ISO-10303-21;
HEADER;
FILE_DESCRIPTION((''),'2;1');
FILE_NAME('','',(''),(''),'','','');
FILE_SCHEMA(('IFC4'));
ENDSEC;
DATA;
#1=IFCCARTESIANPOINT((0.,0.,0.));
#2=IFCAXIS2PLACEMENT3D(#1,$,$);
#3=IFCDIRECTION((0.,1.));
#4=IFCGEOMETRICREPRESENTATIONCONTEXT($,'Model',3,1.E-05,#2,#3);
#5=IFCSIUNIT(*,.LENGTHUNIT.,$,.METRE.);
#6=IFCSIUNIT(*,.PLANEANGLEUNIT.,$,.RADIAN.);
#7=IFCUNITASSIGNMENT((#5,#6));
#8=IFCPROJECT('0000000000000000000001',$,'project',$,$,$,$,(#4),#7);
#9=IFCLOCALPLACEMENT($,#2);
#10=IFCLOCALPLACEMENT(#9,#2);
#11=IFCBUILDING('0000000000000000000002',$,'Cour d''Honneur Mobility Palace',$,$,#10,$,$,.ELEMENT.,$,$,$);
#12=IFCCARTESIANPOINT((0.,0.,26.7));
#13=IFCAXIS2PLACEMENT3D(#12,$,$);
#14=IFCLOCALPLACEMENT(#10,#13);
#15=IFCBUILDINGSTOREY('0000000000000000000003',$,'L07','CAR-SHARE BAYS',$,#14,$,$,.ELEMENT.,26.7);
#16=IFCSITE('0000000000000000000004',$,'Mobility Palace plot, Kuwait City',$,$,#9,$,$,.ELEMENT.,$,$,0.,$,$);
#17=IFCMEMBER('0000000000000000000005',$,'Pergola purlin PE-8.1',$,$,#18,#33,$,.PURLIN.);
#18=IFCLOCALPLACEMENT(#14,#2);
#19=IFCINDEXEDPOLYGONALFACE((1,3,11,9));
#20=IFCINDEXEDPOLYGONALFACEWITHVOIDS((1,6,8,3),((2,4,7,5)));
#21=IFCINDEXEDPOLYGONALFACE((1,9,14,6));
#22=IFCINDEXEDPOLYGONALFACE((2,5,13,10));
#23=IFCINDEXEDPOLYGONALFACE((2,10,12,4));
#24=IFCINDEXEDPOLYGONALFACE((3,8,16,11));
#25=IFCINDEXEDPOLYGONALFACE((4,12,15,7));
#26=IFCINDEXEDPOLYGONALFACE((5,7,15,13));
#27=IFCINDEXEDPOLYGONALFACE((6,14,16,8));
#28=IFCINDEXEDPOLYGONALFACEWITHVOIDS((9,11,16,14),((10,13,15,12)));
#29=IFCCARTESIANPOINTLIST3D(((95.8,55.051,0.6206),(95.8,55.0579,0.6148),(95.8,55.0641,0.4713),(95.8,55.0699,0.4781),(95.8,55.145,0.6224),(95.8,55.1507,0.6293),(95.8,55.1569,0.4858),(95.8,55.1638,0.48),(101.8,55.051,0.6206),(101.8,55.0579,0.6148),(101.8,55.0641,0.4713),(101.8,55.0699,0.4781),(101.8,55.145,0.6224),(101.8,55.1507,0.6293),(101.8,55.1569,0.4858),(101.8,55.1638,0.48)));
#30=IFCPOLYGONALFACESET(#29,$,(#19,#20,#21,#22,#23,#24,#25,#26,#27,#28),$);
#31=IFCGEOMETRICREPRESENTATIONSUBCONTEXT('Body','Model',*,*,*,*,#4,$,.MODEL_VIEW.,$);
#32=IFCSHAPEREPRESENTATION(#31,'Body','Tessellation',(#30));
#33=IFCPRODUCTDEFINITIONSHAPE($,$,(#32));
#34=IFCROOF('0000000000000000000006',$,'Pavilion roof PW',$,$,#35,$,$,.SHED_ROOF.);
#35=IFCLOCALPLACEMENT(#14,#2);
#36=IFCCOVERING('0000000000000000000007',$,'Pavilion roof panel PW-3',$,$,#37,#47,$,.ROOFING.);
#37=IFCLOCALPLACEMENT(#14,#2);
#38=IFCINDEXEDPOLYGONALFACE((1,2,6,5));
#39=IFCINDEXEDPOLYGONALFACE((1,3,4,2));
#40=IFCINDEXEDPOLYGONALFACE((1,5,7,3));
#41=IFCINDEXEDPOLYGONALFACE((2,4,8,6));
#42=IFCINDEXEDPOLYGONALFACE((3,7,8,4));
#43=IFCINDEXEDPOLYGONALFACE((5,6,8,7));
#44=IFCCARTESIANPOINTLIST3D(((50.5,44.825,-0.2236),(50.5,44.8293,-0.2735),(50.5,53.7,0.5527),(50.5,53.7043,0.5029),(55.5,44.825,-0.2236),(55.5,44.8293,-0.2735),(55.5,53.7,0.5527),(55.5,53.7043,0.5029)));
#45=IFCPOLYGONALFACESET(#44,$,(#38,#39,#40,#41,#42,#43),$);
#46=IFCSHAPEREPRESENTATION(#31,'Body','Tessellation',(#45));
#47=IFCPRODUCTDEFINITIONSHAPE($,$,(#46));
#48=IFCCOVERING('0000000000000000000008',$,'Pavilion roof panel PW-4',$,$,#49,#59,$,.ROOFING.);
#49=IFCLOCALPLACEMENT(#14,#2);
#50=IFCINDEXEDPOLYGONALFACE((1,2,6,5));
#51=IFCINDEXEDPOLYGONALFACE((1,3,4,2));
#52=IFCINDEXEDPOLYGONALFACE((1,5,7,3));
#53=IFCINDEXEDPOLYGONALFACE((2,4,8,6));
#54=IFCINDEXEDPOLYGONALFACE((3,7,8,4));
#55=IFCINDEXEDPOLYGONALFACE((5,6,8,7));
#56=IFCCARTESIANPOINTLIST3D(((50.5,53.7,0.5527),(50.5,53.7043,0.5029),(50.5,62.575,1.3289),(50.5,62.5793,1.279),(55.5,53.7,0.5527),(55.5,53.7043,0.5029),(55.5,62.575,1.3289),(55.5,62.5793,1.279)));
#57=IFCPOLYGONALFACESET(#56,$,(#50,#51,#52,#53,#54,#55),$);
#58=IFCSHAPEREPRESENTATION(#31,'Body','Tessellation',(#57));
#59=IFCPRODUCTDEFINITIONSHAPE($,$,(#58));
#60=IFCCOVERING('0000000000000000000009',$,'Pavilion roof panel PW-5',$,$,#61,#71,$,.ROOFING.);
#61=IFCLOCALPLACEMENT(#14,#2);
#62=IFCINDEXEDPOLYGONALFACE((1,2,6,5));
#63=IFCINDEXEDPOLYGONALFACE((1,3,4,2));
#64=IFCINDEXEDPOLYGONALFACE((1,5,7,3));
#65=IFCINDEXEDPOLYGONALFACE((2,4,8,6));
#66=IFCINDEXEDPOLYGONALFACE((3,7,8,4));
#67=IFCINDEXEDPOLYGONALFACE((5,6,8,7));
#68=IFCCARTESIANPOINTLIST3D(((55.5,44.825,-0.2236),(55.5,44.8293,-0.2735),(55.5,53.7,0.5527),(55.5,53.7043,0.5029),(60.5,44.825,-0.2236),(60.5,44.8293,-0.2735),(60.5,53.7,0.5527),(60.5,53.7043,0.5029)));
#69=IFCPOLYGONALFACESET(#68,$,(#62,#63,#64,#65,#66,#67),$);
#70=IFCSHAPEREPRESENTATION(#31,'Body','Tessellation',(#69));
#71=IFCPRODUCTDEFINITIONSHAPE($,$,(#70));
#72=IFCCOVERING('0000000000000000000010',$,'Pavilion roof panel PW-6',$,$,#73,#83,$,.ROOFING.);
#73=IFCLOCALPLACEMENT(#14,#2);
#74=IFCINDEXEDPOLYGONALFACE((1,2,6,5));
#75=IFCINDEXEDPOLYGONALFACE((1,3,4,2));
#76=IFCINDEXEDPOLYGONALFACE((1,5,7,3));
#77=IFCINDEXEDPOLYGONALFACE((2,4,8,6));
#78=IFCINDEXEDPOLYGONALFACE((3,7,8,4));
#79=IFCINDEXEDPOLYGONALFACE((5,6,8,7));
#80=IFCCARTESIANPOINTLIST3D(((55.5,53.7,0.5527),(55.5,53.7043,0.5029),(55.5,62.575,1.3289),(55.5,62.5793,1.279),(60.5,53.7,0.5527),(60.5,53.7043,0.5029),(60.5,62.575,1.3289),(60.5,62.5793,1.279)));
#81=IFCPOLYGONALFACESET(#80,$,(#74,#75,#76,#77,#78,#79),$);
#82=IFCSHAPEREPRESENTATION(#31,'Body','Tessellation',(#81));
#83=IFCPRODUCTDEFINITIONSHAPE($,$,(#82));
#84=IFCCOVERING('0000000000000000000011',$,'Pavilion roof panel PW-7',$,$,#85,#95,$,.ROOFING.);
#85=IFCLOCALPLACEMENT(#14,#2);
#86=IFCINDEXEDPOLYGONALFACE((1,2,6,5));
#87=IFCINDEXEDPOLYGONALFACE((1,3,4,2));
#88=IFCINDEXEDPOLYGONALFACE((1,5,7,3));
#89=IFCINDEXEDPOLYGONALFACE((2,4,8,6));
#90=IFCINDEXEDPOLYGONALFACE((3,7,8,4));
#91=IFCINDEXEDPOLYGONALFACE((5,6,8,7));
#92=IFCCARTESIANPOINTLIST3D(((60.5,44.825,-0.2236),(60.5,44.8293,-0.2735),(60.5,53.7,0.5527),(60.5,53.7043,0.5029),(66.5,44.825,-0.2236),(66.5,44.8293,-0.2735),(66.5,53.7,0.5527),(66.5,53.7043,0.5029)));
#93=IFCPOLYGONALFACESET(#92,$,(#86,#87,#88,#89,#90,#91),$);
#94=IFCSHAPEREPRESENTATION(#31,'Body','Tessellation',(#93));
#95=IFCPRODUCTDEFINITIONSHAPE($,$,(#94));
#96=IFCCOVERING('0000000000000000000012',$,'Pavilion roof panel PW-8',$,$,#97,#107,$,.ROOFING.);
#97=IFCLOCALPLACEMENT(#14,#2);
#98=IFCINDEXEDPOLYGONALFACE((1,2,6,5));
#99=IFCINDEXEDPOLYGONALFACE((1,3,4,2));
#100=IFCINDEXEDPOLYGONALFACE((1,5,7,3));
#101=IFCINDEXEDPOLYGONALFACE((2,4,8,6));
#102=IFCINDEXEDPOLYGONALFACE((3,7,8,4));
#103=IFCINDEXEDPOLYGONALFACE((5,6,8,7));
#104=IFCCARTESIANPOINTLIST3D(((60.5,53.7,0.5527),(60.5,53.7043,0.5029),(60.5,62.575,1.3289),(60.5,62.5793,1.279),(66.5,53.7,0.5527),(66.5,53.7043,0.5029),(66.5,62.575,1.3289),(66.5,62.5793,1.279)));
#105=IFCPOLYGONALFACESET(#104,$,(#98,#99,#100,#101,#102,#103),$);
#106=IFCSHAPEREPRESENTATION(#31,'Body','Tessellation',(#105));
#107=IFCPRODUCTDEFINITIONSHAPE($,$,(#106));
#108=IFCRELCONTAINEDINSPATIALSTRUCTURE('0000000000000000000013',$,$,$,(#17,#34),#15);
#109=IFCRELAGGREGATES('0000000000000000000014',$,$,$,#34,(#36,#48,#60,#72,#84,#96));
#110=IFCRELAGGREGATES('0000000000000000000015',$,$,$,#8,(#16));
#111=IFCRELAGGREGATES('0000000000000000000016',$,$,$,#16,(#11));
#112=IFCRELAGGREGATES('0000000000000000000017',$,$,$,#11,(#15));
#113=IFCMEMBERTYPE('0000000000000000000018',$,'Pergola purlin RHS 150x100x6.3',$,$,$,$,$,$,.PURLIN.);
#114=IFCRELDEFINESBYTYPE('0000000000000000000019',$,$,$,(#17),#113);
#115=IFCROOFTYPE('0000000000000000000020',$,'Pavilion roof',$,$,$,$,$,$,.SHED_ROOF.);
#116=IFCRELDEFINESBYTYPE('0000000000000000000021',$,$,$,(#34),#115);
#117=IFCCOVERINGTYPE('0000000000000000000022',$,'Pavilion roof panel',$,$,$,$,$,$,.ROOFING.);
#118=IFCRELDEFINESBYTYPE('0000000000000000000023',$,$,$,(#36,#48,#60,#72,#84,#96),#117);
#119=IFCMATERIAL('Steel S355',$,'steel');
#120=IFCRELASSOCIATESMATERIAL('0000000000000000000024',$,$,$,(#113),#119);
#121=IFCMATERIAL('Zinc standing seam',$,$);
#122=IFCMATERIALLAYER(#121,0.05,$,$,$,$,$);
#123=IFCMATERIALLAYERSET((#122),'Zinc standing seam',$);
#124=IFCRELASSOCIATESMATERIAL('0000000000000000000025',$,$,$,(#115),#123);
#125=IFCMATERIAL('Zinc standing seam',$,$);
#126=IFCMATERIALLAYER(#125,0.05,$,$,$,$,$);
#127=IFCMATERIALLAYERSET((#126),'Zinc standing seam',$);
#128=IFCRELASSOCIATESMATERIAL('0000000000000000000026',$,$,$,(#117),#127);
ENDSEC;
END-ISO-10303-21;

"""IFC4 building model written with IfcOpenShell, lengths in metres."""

from ifc_helpers import new_model, si_unit, direction, frame, origin, origin_2d, place, context, subcontext, project, spatial, polyline, hollow_rectangle, outline, extrude, material, layer, layer_set, material_profile, profile_set, type_object, element, aggregate, save


model = new_model("IFC4")

# Units and contexts
model_context = context("Model", 3, precision=1e-05, world=origin(), true_north=direction((0.0, 1.0)))
body_context = subcontext(model_context, "Body", "Model", "MODEL_VIEW")
ifc_project = project(units=[si_unit("LENGTHUNIT", "METRE"), si_unit("PLANEANGLEUNIT", "RADIAN")], contexts=[model_context])

# Site, building, storey
site_placement = place(None, origin())
site = spatial("IfcSite", under=ifc_project, at=site_placement, Name="Mobility Palace plot, Kuwait City", CompositionType="ELEMENT", RefElevation=0.0)
building_placement = place(site_placement, origin())
building = spatial("IfcBuilding", under=site, at=building_placement, Name="Cour d'Honneur Mobility Palace", CompositionType="ELEMENT")
storey_placement = place(building_placement, frame((0.0, 0.0, 26.7)))
storey = spatial("IfcBuildingStorey", under=building, at=storey_placement, Name="L07", Description="CAR-SHARE BAYS", CompositionType="ELEMENT", Elevation=26.7)

# Member
ifc_material_1 = material(Name="Steel S355", Category="steel")
ifc_material_profile = material_profile(ifc_material_1, hollow_rectangle(XDim=0.1001, YDim=0.1499, WallThickness=0.0063, at=origin_2d()), Name="RHS 150x100x6.3")
ifc_profile_set = profile_set([ifc_material_profile], Name="Steel S355")
member_type = type_object("IfcMemberType", Name="Pergola purlin RHS 150x100x6.3", PredefinedType="PURLIN", material=ifc_profile_set)
for number, where, z_axis, x_axis, name in (
    (1, (95.8, 55.1074, 0.5503), (1.0, 0.0, 0.0), (0.0, 0.996197, 0.087131), "Pergola purlin PE-8.1"),
):
    element("IfcMember", number, at=place(storey_placement, frame(where, z_axis=z_axis, x_axis=x_axis)), inside=storey, type_object=member_type, Name=name, PredefinedType="PURLIN", context=body_context, shape_type="SweptSolid", body=[
        extrude(hollow_rectangle(XDim=0.1001, YDim=0.1499, WallThickness=0.0063, at=origin_2d()), origin(), (0.0, 0.0, 1.0), 6.0),
    ])

# Roof, coverings
ifc_material_2 = material(Name="Zinc standing seam")
ifc_layer_1 = layer(ifc_material_2, 0.05)
ifc_layer_set_1 = layer_set([ifc_layer_1], Name="Zinc standing seam")
roof_type = type_object("IfcRoofType", Name="Pavilion roof", PredefinedType="SHED_ROOF", material=ifc_layer_set_1)
roof_placement = place(storey_placement, origin())
roof = element("IfcRoof", 2, at=roof_placement, inside=storey, type_object=roof_type, Name="Pavilion roof PW", PredefinedType="SHED_ROOF")
ifc_material_3 = material(Name="Zinc standing seam")
ifc_layer_2 = layer(ifc_material_3, 0.05)
ifc_layer_set_2 = layer_set([ifc_layer_2], Name="Zinc standing seam")
covering_type = type_object("IfcCoveringType", Name="Pavilion roof panel", PredefinedType="ROOFING", material=ifc_layer_set_2)
covering_1_placement = place(storey_placement, frame((50.5, 44.825, -0.2236), z_axis=(0.0, -0.087145, 0.996196), x_axis=(1.0, 0.0, 0.0)))
covering_1 = element("IfcCovering", 3, at=covering_1_placement, type_object=covering_type, Name="Pavilion roof panel PW-3", PredefinedType="ROOFING", context=body_context, shape_type="SweptSolid", body=[
    extrude(outline(polyline([(0.0, 0.0), (5.0, 0.0), (5.0, 8.9089), (0.0, 8.9089), (0.0, 0.0)])), origin(), (0.0, 0.0, -1.0), 0.05),
])
covering_2_placement = place(storey_placement, frame((50.5, 53.7, 0.5527), z_axis=(0.0, -0.087118, 0.996198), x_axis=(1.0, 0.0, 0.0)))
covering_2 = element("IfcCovering", 4, at=covering_2_placement, type_object=covering_type, Name="Pavilion roof panel PW-4", PredefinedType="ROOFING", context=body_context, shape_type="SweptSolid", body=[
    extrude(outline(polyline([(0.0, 0.0), (5.0, 0.0), (5.0, 8.9089), (0.0, 8.9089), (0.0, 0.0)])), origin(), (0.0, 0.0, -1.0), 0.05),
])
covering_3_placement = place(storey_placement, frame((55.5, 44.825, -0.2236), z_axis=(0.0, -0.087145, 0.996196), x_axis=(1.0, 0.0, 0.0)))
covering_3 = element("IfcCovering", 5, at=covering_3_placement, type_object=covering_type, Name="Pavilion roof panel PW-5", PredefinedType="ROOFING", context=body_context, shape_type="SweptSolid", body=[
    extrude(outline(polyline([(0.0, 0.0), (5.0, 0.0), (5.0, 8.9089), (0.0, 8.9089), (0.0, 0.0)])), origin(), (0.0, 0.0, -1.0), 0.05),
])
covering_4_placement = place(storey_placement, frame((55.5, 53.7, 0.5527), z_axis=(0.0, -0.087118, 0.996198), x_axis=(1.0, 0.0, 0.0)))
covering_4 = element("IfcCovering", 6, at=covering_4_placement, type_object=covering_type, Name="Pavilion roof panel PW-6", PredefinedType="ROOFING", context=body_context, shape_type="SweptSolid", body=[
    extrude(outline(polyline([(0.0, 0.0), (5.0, 0.0), (5.0, 8.9089), (0.0, 8.9089), (0.0, 0.0)])), origin(), (0.0, 0.0, -1.0), 0.05),
])
covering_5_placement = place(storey_placement, frame((60.5, 44.825, -0.2236), z_axis=(0.0, -0.087145, 0.996196), x_axis=(1.0, 0.0, 0.0)))
covering_5 = element("IfcCovering", 7, at=covering_5_placement, type_object=covering_type, Name="Pavilion roof panel PW-7", PredefinedType="ROOFING", context=body_context, shape_type="SweptSolid", body=[
    extrude(outline(polyline([(0.0, 0.0), (6.0, 0.0), (6.0, 8.9089), (0.0, 8.9089), (0.0, 0.0)])), origin(), (0.0, 0.0, -1.0), 0.05),
])
covering_6_placement = place(storey_placement, frame((60.5, 53.7, 0.5527), z_axis=(0.0, -0.087118, 0.996198), x_axis=(1.0, 0.0, 0.0)))
covering_6 = element("IfcCovering", 8, at=covering_6_placement, type_object=covering_type, Name="Pavilion roof panel PW-8", PredefinedType="ROOFING", context=body_context, shape_type="SweptSolid", body=[
    extrude(outline(polyline([(0.0, 0.0), (6.0, 0.0), (6.0, 8.9089), (0.0, 8.9089), (0.0, 0.0)])), origin(), (0.0, 0.0, -1.0), 0.05),
])
aggregate(roof, [covering_1, covering_2, covering_3, covering_4, covering_5, covering_6])

save(model, "model.ifc")
